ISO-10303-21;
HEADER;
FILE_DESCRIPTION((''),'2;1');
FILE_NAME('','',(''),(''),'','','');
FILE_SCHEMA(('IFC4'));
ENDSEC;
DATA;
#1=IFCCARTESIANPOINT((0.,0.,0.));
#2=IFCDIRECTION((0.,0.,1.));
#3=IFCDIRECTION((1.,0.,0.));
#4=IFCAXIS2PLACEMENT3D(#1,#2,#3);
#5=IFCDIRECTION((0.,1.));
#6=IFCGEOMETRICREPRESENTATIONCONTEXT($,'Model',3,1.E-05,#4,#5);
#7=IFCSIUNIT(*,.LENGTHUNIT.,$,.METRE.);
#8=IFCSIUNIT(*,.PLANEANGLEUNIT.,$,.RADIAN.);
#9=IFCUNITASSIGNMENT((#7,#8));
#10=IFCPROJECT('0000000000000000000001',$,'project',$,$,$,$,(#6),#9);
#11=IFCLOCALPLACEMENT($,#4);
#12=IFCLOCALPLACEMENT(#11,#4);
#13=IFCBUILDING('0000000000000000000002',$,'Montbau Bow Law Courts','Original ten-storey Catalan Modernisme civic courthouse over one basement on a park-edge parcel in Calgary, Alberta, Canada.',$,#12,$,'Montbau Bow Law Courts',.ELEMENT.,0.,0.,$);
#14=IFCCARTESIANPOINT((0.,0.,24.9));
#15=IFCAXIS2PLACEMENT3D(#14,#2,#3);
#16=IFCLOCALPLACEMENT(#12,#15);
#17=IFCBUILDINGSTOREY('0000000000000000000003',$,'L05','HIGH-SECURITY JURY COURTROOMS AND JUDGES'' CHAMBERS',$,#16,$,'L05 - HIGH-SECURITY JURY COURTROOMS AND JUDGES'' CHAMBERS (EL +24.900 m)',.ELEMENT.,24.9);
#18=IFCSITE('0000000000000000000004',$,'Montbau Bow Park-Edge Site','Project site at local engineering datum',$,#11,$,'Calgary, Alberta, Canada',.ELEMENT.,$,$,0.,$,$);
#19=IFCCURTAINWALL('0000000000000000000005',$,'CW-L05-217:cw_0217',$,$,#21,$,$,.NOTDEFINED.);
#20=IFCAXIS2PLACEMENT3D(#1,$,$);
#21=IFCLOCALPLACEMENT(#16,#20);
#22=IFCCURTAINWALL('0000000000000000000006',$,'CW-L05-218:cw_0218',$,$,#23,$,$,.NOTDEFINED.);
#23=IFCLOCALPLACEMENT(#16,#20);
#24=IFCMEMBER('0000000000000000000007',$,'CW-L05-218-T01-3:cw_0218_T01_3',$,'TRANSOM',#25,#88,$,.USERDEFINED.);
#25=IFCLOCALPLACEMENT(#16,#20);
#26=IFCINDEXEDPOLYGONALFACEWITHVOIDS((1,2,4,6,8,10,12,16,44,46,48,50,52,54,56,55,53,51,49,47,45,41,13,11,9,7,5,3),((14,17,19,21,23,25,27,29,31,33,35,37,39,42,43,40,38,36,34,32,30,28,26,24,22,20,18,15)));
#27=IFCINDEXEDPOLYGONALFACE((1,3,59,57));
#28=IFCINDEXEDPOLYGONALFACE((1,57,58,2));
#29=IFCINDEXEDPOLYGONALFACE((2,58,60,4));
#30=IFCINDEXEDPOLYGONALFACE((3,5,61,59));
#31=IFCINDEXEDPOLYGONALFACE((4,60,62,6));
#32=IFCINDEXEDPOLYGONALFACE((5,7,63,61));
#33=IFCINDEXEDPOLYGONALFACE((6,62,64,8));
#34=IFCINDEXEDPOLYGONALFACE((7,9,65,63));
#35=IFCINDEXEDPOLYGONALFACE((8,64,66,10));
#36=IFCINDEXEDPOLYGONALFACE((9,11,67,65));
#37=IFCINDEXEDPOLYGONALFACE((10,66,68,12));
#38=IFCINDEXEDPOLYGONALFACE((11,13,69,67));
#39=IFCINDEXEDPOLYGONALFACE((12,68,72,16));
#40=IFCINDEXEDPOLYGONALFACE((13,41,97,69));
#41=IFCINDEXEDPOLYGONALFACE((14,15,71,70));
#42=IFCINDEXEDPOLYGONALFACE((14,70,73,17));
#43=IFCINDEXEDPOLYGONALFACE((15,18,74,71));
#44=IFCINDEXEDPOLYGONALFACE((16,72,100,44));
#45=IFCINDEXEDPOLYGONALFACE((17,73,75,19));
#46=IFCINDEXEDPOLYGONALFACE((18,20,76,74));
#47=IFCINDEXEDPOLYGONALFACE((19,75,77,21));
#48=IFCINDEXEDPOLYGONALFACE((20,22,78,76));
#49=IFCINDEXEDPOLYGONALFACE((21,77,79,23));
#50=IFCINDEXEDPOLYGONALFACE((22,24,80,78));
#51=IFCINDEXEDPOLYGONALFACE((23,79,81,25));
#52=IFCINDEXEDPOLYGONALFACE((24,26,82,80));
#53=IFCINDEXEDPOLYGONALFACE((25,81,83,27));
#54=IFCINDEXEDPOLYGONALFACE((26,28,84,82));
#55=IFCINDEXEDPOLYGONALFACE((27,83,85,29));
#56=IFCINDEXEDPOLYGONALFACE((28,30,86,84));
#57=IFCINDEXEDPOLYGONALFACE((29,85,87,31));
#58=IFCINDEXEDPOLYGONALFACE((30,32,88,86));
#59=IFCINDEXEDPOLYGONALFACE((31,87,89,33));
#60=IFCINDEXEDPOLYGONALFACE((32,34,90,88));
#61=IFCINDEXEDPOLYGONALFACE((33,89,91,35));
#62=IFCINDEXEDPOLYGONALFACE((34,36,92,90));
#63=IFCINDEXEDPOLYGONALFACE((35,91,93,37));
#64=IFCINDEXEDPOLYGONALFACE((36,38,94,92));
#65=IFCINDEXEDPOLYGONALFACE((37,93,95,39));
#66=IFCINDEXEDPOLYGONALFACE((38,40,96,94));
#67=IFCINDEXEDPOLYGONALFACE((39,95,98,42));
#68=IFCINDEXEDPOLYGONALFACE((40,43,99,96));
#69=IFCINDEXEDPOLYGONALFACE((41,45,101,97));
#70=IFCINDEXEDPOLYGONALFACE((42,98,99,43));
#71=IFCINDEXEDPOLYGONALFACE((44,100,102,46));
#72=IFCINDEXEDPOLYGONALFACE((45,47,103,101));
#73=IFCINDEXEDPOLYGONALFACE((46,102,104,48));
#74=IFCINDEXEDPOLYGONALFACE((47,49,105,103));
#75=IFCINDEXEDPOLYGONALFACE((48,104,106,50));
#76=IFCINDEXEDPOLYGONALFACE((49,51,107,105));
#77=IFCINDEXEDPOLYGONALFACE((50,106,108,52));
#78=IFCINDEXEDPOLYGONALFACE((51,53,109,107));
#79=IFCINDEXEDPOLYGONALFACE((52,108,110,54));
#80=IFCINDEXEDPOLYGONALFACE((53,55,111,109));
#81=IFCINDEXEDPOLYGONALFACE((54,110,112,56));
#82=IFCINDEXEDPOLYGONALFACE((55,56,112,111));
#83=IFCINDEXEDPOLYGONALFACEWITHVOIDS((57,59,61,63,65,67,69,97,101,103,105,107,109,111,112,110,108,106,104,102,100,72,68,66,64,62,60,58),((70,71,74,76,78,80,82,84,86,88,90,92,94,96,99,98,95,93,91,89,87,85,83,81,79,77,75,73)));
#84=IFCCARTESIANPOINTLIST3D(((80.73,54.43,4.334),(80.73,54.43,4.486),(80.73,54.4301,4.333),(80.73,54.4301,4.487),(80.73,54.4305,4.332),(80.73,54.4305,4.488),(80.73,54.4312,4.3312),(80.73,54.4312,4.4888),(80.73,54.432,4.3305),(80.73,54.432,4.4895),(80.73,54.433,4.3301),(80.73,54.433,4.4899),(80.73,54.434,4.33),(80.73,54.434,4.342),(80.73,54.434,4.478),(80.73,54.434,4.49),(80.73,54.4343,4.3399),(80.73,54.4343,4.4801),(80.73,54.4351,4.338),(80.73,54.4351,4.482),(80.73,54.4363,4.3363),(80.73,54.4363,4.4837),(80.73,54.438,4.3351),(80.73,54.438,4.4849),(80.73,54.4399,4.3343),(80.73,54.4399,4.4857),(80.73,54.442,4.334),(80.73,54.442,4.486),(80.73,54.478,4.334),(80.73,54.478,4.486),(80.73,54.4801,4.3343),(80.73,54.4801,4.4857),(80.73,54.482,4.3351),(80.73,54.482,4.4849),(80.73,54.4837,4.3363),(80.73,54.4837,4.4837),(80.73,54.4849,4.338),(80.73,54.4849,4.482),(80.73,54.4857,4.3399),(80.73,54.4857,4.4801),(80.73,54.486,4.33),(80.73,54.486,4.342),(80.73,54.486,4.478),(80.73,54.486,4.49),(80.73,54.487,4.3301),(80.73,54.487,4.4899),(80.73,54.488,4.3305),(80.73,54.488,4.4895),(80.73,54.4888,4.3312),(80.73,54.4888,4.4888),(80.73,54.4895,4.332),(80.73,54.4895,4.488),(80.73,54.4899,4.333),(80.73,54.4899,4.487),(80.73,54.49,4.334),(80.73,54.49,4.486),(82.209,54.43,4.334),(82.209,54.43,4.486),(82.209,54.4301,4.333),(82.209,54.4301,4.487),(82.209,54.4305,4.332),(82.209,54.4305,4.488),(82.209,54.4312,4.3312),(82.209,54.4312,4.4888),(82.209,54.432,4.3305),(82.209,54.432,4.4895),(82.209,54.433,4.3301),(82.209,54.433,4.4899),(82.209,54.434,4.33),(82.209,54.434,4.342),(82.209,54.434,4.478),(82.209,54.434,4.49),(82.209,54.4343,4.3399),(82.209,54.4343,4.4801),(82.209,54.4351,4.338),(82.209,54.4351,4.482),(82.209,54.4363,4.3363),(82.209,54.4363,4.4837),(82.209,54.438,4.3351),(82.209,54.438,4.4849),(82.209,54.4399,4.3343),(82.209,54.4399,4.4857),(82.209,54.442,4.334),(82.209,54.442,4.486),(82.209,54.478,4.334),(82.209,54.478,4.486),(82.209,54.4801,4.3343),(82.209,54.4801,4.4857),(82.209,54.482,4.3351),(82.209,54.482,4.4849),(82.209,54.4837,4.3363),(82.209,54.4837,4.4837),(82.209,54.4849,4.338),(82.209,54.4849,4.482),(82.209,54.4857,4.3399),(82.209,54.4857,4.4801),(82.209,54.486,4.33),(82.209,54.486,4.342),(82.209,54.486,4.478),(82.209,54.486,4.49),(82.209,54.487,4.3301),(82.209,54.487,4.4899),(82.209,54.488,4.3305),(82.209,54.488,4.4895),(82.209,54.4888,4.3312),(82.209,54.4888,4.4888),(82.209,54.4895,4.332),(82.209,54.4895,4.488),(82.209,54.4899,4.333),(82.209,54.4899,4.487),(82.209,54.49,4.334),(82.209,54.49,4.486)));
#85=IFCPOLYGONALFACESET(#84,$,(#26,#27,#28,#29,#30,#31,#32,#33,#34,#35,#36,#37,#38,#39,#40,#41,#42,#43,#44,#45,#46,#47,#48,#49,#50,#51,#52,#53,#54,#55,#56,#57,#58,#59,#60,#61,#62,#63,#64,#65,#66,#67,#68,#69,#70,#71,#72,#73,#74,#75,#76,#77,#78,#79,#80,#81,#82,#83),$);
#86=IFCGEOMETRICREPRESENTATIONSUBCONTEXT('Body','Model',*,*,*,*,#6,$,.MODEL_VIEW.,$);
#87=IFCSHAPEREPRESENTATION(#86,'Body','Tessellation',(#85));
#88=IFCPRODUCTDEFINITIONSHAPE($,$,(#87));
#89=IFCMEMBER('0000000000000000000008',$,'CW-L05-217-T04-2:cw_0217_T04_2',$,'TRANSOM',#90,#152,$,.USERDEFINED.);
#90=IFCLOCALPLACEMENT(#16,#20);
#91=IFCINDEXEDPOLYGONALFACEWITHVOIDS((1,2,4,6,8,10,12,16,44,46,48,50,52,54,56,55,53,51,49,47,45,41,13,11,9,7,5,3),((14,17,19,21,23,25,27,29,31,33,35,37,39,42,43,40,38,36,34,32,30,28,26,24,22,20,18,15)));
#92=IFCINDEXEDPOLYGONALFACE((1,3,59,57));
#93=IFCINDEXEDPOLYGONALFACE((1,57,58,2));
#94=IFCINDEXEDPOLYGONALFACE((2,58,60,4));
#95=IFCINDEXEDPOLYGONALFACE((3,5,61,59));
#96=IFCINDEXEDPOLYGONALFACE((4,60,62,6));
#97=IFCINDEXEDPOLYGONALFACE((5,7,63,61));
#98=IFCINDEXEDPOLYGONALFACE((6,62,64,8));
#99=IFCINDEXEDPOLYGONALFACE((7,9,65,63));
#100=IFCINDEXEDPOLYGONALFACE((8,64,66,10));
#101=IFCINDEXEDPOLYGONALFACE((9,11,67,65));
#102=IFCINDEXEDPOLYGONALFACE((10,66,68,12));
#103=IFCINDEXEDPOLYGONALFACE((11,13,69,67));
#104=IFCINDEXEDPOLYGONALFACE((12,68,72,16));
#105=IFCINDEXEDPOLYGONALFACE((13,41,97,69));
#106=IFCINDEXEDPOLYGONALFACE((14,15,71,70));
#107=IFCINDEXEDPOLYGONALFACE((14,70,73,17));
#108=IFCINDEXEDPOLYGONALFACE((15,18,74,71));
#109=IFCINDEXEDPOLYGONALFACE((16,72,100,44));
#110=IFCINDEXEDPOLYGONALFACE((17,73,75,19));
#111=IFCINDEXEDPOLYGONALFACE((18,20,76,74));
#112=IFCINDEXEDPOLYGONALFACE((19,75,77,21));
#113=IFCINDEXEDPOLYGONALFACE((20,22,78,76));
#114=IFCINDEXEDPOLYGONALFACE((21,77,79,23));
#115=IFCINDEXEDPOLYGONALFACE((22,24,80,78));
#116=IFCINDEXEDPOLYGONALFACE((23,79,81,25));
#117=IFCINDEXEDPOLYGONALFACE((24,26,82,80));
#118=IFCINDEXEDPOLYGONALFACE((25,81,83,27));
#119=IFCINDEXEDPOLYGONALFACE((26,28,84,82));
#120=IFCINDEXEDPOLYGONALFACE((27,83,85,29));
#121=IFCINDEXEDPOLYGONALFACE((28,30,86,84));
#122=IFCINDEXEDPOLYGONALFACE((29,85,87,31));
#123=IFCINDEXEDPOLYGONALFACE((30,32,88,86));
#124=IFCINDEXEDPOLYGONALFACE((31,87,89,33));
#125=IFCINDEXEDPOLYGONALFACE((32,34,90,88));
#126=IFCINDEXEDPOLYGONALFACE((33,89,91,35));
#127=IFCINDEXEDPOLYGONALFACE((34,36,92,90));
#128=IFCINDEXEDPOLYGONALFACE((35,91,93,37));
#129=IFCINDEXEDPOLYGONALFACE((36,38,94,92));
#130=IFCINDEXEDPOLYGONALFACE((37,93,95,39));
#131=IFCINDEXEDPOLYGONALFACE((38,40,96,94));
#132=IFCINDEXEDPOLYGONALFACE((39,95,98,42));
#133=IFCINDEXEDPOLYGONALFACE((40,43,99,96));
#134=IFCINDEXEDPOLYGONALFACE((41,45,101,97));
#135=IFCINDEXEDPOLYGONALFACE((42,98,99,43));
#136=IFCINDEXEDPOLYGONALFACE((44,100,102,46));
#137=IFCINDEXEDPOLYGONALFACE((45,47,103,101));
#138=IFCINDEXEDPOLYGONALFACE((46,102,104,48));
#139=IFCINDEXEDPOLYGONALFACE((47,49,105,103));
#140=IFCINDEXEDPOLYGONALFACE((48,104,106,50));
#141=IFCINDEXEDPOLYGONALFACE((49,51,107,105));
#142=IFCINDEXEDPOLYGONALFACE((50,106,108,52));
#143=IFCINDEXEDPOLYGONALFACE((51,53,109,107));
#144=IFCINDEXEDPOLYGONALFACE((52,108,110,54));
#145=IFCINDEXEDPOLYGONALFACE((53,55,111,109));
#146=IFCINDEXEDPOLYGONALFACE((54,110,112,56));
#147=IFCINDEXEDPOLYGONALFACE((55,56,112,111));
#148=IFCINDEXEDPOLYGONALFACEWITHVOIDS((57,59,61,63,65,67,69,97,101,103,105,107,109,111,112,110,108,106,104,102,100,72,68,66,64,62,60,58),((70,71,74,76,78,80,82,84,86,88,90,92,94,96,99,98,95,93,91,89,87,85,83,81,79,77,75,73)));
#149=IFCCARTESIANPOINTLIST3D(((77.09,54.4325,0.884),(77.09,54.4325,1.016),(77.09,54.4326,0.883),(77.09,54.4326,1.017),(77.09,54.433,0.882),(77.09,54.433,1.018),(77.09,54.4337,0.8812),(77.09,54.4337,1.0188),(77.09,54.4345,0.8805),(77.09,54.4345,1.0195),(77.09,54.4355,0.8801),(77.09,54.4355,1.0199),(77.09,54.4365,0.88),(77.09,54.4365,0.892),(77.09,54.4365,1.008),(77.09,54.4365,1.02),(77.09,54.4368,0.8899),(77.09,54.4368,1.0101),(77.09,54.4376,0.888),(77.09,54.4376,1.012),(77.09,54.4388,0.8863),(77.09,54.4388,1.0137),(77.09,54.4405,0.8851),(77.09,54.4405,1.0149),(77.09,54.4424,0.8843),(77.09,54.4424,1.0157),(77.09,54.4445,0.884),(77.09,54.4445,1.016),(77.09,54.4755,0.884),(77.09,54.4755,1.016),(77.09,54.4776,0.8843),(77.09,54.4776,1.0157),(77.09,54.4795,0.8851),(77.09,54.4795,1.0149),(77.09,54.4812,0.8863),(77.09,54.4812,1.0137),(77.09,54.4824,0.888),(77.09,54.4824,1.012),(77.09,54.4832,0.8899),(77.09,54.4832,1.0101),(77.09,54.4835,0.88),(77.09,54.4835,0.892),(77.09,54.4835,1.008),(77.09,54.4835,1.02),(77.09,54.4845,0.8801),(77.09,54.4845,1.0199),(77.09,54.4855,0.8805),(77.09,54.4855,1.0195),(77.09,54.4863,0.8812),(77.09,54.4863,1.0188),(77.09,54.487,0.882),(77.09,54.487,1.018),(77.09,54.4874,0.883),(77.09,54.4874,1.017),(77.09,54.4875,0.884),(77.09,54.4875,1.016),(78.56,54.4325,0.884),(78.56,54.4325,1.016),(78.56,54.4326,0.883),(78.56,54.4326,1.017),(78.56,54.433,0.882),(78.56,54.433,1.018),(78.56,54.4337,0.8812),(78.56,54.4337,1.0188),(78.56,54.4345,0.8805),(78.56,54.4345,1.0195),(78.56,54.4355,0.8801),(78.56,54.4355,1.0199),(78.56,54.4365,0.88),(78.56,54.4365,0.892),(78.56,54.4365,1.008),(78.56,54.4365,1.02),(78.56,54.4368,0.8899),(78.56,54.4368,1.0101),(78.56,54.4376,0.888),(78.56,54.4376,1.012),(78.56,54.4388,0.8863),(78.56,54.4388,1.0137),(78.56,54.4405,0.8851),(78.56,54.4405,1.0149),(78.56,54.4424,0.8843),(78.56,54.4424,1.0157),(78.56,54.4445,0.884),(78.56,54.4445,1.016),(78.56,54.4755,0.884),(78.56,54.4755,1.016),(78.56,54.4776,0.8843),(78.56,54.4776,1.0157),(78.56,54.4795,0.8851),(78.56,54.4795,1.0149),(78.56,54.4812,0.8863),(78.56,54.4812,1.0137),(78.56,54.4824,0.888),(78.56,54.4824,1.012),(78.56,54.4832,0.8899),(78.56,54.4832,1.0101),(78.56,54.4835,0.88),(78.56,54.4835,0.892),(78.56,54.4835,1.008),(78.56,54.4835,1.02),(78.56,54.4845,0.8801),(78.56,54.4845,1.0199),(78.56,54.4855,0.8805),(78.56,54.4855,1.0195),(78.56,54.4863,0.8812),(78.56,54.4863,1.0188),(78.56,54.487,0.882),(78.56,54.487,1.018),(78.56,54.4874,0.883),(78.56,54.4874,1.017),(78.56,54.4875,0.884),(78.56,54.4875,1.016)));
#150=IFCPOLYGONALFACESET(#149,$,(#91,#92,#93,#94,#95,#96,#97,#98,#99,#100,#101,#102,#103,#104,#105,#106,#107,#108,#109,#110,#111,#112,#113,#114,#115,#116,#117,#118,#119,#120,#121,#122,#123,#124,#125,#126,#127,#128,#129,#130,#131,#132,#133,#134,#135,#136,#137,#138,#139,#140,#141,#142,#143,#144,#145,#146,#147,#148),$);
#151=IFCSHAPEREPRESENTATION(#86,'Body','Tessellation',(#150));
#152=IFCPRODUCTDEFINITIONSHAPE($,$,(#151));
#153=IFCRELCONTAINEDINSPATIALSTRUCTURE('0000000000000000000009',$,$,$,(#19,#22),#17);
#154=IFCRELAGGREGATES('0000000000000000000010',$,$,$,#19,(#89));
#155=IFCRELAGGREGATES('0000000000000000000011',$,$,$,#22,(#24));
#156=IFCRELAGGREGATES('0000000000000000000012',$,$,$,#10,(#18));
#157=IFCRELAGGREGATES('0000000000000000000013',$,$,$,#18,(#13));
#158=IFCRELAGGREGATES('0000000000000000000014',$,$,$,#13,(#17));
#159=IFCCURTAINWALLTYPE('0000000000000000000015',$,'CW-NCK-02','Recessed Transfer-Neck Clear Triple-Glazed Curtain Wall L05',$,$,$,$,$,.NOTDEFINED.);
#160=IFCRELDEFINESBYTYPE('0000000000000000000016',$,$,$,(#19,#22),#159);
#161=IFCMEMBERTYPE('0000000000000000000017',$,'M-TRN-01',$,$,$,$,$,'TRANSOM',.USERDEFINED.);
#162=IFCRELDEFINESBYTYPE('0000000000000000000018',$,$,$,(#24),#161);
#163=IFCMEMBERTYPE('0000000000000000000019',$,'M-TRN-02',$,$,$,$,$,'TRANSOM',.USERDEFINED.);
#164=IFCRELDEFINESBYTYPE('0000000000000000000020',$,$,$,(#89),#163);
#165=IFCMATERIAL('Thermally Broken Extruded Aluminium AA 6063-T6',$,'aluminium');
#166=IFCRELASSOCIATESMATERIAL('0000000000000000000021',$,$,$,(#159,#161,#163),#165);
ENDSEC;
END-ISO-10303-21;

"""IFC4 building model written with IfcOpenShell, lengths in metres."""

from ifc_helpers import new_model, si_unit, direction, frame, origin_with_axes, origin_2d_with_axis, place, context, subcontext, project, spatial, hollow_rectangle, extrude, material, material_profile, profile_set, type_object, element, aggregate, save


model = new_model("IFC4")

# Units and contexts
model_context = context("Model", 3, precision=1e-05, world=origin_with_axes(), true_north=direction((0.0, 1.0)))
body_context = subcontext(model_context, "Body", "Model", "MODEL_VIEW")
ifc_project = project(units=[si_unit("LENGTHUNIT", "METRE"), si_unit("PLANEANGLEUNIT", "RADIAN")], contexts=[model_context])

# Site, building, storey
site_placement = place(None, origin_with_axes())
site = spatial("IfcSite", under=ifc_project, at=site_placement, Name="Montbau Bow Park-Edge Site", Description="Project site at local engineering datum", LongName="Calgary, Alberta, Canada", CompositionType="ELEMENT", RefElevation=0.0)
building_placement = place(site_placement, origin_with_axes())
building = spatial("IfcBuilding", under=site, at=building_placement, Name="Montbau Bow Law Courts", Description="Original ten-storey Catalan Modernisme civic courthouse over one basement on a park-edge parcel in Calgary, Alberta, Canada.", LongName="Montbau Bow Law Courts", CompositionType="ELEMENT", ElevationOfRefHeight=0.0, ElevationOfTerrain=0.0)
storey_placement = place(building_placement, frame((0.0, 0.0, 24.9), z_axis=(0.0, 0.0, 1.0), x_axis=(1.0, 0.0, 0.0)))
storey = spatial("IfcBuildingStorey", under=building, at=storey_placement, Name="L05", Description="HIGH-SECURITY JURY COURTROOMS AND JUDGES' CHAMBERS", LongName="L05 - HIGH-SECURITY JURY COURTROOMS AND JUDGES' CHAMBERS (EL +24.900 m)", CompositionType="ELEMENT", Elevation=24.9)

# Curtain walls, member
ifc_material_1 = material(Name="Thermally Broken Extruded Aluminium AA 6063-T6", Category="aluminium")
curtain_wall_type = type_object("IfcCurtainWallType", Name="CW-NCK-02", Description="Recessed Transfer-Neck Clear Triple-Glazed Curtain Wall L05", PredefinedType="NOTDEFINED", material=ifc_material_1)
curtain_wall_1_placement = place(None, frame((72.44, 54.46, 24.9), z_axis=(0.0, 0.0, 1.0), x_axis=(1.0, 0.0, 0.0)))
curtain_wall_1 = element("IfcCurtainWall", 1, at=curtain_wall_1_placement, inside=storey, type_object=curtain_wall_type, Name="CW-L05-217:cw_0217", PredefinedType="NOTDEFINED")
curtain_wall_2_placement = place(None, frame((80.668, 54.46, 24.9), z_axis=(0.0, 0.0, 1.0), x_axis=(1.0, 0.0, 0.0)))
curtain_wall_2 = element("IfcCurtainWall", 2, at=curtain_wall_2_placement, inside=storey, type_object=curtain_wall_type, Name="CW-L05-218:cw_0218", PredefinedType="NOTDEFINED")
ifc_material_profile_1 = material_profile(ifc_material_1, hollow_rectangle(XDim=0.06, YDim=0.16, WallThickness=0.004, InnerFilletRadius=0.008, OuterFilletRadius=0.004, at=origin_2d_with_axis()), Name="CWT-160X60", Category="Main", Priority=0)
ifc_profile_set_1 = profile_set([ifc_material_profile_1], Name="Thermally Broken Extruded Aluminium AA 6063-T6")
member_type_1 = type_object("IfcMemberType", Name="M-TRN-01", ElementType="TRANSOM", PredefinedType="USERDEFINED", material=ifc_profile_set_1)
member_1_placement = place(None, frame((80.73, 54.46, 29.31), z_axis=(1.0, 0.0, 0.0), x_axis=(0.0, 1.0, 0.0)))
member_1 = element("IfcMember", 3, at=member_1_placement, type_object=member_type_1, Name="CW-L05-218-T01-3:cw_0218_T01_3", ObjectType="TRANSOM", PredefinedType="USERDEFINED", context=body_context, shape_type="SweptSolid", body=[
    extrude(hollow_rectangle(XDim=0.06, YDim=0.16, WallThickness=0.004, InnerFilletRadius=0.008, OuterFilletRadius=0.004, at=origin_2d_with_axis()), origin_with_axes(), (0.0, 0.0, 1.0), 1.479),
])

# Member
ifc_material_profile_2 = material_profile(ifc_material_1, hollow_rectangle(XDim=0.055, YDim=0.14, WallThickness=0.004, InnerFilletRadius=0.008, OuterFilletRadius=0.004, at=origin_2d_with_axis()), Name="CWT-140X55", Category="Main", Priority=0)
ifc_profile_set_2 = profile_set([ifc_material_profile_2], Name="Thermally Broken Extruded Aluminium AA 6063-T6")
member_type_2 = type_object("IfcMemberType", Name="M-TRN-02", ElementType="TRANSOM", PredefinedType="USERDEFINED", material=ifc_profile_set_2)
member_2_placement = place(None, frame((77.09, 54.46, 25.85), z_axis=(1.0, 0.0, 0.0), x_axis=(0.0, 1.0, 0.0)))
member_2 = element("IfcMember", 4, at=member_2_placement, type_object=member_type_2, Name="CW-L05-217-T04-2:cw_0217_T04_2", ObjectType="TRANSOM", PredefinedType="USERDEFINED", context=body_context, shape_type="SweptSolid", body=[
    extrude(hollow_rectangle(XDim=0.055, YDim=0.14, WallThickness=0.004, InnerFilletRadius=0.008, OuterFilletRadius=0.004, at=origin_2d_with_axis()), origin_with_axes(), (0.0, 0.0, 1.0), 1.47),
])

aggregate(curtain_wall_1, [member_2])
aggregate(curtain_wall_2, [member_1])

save(model, "model.ifc")
